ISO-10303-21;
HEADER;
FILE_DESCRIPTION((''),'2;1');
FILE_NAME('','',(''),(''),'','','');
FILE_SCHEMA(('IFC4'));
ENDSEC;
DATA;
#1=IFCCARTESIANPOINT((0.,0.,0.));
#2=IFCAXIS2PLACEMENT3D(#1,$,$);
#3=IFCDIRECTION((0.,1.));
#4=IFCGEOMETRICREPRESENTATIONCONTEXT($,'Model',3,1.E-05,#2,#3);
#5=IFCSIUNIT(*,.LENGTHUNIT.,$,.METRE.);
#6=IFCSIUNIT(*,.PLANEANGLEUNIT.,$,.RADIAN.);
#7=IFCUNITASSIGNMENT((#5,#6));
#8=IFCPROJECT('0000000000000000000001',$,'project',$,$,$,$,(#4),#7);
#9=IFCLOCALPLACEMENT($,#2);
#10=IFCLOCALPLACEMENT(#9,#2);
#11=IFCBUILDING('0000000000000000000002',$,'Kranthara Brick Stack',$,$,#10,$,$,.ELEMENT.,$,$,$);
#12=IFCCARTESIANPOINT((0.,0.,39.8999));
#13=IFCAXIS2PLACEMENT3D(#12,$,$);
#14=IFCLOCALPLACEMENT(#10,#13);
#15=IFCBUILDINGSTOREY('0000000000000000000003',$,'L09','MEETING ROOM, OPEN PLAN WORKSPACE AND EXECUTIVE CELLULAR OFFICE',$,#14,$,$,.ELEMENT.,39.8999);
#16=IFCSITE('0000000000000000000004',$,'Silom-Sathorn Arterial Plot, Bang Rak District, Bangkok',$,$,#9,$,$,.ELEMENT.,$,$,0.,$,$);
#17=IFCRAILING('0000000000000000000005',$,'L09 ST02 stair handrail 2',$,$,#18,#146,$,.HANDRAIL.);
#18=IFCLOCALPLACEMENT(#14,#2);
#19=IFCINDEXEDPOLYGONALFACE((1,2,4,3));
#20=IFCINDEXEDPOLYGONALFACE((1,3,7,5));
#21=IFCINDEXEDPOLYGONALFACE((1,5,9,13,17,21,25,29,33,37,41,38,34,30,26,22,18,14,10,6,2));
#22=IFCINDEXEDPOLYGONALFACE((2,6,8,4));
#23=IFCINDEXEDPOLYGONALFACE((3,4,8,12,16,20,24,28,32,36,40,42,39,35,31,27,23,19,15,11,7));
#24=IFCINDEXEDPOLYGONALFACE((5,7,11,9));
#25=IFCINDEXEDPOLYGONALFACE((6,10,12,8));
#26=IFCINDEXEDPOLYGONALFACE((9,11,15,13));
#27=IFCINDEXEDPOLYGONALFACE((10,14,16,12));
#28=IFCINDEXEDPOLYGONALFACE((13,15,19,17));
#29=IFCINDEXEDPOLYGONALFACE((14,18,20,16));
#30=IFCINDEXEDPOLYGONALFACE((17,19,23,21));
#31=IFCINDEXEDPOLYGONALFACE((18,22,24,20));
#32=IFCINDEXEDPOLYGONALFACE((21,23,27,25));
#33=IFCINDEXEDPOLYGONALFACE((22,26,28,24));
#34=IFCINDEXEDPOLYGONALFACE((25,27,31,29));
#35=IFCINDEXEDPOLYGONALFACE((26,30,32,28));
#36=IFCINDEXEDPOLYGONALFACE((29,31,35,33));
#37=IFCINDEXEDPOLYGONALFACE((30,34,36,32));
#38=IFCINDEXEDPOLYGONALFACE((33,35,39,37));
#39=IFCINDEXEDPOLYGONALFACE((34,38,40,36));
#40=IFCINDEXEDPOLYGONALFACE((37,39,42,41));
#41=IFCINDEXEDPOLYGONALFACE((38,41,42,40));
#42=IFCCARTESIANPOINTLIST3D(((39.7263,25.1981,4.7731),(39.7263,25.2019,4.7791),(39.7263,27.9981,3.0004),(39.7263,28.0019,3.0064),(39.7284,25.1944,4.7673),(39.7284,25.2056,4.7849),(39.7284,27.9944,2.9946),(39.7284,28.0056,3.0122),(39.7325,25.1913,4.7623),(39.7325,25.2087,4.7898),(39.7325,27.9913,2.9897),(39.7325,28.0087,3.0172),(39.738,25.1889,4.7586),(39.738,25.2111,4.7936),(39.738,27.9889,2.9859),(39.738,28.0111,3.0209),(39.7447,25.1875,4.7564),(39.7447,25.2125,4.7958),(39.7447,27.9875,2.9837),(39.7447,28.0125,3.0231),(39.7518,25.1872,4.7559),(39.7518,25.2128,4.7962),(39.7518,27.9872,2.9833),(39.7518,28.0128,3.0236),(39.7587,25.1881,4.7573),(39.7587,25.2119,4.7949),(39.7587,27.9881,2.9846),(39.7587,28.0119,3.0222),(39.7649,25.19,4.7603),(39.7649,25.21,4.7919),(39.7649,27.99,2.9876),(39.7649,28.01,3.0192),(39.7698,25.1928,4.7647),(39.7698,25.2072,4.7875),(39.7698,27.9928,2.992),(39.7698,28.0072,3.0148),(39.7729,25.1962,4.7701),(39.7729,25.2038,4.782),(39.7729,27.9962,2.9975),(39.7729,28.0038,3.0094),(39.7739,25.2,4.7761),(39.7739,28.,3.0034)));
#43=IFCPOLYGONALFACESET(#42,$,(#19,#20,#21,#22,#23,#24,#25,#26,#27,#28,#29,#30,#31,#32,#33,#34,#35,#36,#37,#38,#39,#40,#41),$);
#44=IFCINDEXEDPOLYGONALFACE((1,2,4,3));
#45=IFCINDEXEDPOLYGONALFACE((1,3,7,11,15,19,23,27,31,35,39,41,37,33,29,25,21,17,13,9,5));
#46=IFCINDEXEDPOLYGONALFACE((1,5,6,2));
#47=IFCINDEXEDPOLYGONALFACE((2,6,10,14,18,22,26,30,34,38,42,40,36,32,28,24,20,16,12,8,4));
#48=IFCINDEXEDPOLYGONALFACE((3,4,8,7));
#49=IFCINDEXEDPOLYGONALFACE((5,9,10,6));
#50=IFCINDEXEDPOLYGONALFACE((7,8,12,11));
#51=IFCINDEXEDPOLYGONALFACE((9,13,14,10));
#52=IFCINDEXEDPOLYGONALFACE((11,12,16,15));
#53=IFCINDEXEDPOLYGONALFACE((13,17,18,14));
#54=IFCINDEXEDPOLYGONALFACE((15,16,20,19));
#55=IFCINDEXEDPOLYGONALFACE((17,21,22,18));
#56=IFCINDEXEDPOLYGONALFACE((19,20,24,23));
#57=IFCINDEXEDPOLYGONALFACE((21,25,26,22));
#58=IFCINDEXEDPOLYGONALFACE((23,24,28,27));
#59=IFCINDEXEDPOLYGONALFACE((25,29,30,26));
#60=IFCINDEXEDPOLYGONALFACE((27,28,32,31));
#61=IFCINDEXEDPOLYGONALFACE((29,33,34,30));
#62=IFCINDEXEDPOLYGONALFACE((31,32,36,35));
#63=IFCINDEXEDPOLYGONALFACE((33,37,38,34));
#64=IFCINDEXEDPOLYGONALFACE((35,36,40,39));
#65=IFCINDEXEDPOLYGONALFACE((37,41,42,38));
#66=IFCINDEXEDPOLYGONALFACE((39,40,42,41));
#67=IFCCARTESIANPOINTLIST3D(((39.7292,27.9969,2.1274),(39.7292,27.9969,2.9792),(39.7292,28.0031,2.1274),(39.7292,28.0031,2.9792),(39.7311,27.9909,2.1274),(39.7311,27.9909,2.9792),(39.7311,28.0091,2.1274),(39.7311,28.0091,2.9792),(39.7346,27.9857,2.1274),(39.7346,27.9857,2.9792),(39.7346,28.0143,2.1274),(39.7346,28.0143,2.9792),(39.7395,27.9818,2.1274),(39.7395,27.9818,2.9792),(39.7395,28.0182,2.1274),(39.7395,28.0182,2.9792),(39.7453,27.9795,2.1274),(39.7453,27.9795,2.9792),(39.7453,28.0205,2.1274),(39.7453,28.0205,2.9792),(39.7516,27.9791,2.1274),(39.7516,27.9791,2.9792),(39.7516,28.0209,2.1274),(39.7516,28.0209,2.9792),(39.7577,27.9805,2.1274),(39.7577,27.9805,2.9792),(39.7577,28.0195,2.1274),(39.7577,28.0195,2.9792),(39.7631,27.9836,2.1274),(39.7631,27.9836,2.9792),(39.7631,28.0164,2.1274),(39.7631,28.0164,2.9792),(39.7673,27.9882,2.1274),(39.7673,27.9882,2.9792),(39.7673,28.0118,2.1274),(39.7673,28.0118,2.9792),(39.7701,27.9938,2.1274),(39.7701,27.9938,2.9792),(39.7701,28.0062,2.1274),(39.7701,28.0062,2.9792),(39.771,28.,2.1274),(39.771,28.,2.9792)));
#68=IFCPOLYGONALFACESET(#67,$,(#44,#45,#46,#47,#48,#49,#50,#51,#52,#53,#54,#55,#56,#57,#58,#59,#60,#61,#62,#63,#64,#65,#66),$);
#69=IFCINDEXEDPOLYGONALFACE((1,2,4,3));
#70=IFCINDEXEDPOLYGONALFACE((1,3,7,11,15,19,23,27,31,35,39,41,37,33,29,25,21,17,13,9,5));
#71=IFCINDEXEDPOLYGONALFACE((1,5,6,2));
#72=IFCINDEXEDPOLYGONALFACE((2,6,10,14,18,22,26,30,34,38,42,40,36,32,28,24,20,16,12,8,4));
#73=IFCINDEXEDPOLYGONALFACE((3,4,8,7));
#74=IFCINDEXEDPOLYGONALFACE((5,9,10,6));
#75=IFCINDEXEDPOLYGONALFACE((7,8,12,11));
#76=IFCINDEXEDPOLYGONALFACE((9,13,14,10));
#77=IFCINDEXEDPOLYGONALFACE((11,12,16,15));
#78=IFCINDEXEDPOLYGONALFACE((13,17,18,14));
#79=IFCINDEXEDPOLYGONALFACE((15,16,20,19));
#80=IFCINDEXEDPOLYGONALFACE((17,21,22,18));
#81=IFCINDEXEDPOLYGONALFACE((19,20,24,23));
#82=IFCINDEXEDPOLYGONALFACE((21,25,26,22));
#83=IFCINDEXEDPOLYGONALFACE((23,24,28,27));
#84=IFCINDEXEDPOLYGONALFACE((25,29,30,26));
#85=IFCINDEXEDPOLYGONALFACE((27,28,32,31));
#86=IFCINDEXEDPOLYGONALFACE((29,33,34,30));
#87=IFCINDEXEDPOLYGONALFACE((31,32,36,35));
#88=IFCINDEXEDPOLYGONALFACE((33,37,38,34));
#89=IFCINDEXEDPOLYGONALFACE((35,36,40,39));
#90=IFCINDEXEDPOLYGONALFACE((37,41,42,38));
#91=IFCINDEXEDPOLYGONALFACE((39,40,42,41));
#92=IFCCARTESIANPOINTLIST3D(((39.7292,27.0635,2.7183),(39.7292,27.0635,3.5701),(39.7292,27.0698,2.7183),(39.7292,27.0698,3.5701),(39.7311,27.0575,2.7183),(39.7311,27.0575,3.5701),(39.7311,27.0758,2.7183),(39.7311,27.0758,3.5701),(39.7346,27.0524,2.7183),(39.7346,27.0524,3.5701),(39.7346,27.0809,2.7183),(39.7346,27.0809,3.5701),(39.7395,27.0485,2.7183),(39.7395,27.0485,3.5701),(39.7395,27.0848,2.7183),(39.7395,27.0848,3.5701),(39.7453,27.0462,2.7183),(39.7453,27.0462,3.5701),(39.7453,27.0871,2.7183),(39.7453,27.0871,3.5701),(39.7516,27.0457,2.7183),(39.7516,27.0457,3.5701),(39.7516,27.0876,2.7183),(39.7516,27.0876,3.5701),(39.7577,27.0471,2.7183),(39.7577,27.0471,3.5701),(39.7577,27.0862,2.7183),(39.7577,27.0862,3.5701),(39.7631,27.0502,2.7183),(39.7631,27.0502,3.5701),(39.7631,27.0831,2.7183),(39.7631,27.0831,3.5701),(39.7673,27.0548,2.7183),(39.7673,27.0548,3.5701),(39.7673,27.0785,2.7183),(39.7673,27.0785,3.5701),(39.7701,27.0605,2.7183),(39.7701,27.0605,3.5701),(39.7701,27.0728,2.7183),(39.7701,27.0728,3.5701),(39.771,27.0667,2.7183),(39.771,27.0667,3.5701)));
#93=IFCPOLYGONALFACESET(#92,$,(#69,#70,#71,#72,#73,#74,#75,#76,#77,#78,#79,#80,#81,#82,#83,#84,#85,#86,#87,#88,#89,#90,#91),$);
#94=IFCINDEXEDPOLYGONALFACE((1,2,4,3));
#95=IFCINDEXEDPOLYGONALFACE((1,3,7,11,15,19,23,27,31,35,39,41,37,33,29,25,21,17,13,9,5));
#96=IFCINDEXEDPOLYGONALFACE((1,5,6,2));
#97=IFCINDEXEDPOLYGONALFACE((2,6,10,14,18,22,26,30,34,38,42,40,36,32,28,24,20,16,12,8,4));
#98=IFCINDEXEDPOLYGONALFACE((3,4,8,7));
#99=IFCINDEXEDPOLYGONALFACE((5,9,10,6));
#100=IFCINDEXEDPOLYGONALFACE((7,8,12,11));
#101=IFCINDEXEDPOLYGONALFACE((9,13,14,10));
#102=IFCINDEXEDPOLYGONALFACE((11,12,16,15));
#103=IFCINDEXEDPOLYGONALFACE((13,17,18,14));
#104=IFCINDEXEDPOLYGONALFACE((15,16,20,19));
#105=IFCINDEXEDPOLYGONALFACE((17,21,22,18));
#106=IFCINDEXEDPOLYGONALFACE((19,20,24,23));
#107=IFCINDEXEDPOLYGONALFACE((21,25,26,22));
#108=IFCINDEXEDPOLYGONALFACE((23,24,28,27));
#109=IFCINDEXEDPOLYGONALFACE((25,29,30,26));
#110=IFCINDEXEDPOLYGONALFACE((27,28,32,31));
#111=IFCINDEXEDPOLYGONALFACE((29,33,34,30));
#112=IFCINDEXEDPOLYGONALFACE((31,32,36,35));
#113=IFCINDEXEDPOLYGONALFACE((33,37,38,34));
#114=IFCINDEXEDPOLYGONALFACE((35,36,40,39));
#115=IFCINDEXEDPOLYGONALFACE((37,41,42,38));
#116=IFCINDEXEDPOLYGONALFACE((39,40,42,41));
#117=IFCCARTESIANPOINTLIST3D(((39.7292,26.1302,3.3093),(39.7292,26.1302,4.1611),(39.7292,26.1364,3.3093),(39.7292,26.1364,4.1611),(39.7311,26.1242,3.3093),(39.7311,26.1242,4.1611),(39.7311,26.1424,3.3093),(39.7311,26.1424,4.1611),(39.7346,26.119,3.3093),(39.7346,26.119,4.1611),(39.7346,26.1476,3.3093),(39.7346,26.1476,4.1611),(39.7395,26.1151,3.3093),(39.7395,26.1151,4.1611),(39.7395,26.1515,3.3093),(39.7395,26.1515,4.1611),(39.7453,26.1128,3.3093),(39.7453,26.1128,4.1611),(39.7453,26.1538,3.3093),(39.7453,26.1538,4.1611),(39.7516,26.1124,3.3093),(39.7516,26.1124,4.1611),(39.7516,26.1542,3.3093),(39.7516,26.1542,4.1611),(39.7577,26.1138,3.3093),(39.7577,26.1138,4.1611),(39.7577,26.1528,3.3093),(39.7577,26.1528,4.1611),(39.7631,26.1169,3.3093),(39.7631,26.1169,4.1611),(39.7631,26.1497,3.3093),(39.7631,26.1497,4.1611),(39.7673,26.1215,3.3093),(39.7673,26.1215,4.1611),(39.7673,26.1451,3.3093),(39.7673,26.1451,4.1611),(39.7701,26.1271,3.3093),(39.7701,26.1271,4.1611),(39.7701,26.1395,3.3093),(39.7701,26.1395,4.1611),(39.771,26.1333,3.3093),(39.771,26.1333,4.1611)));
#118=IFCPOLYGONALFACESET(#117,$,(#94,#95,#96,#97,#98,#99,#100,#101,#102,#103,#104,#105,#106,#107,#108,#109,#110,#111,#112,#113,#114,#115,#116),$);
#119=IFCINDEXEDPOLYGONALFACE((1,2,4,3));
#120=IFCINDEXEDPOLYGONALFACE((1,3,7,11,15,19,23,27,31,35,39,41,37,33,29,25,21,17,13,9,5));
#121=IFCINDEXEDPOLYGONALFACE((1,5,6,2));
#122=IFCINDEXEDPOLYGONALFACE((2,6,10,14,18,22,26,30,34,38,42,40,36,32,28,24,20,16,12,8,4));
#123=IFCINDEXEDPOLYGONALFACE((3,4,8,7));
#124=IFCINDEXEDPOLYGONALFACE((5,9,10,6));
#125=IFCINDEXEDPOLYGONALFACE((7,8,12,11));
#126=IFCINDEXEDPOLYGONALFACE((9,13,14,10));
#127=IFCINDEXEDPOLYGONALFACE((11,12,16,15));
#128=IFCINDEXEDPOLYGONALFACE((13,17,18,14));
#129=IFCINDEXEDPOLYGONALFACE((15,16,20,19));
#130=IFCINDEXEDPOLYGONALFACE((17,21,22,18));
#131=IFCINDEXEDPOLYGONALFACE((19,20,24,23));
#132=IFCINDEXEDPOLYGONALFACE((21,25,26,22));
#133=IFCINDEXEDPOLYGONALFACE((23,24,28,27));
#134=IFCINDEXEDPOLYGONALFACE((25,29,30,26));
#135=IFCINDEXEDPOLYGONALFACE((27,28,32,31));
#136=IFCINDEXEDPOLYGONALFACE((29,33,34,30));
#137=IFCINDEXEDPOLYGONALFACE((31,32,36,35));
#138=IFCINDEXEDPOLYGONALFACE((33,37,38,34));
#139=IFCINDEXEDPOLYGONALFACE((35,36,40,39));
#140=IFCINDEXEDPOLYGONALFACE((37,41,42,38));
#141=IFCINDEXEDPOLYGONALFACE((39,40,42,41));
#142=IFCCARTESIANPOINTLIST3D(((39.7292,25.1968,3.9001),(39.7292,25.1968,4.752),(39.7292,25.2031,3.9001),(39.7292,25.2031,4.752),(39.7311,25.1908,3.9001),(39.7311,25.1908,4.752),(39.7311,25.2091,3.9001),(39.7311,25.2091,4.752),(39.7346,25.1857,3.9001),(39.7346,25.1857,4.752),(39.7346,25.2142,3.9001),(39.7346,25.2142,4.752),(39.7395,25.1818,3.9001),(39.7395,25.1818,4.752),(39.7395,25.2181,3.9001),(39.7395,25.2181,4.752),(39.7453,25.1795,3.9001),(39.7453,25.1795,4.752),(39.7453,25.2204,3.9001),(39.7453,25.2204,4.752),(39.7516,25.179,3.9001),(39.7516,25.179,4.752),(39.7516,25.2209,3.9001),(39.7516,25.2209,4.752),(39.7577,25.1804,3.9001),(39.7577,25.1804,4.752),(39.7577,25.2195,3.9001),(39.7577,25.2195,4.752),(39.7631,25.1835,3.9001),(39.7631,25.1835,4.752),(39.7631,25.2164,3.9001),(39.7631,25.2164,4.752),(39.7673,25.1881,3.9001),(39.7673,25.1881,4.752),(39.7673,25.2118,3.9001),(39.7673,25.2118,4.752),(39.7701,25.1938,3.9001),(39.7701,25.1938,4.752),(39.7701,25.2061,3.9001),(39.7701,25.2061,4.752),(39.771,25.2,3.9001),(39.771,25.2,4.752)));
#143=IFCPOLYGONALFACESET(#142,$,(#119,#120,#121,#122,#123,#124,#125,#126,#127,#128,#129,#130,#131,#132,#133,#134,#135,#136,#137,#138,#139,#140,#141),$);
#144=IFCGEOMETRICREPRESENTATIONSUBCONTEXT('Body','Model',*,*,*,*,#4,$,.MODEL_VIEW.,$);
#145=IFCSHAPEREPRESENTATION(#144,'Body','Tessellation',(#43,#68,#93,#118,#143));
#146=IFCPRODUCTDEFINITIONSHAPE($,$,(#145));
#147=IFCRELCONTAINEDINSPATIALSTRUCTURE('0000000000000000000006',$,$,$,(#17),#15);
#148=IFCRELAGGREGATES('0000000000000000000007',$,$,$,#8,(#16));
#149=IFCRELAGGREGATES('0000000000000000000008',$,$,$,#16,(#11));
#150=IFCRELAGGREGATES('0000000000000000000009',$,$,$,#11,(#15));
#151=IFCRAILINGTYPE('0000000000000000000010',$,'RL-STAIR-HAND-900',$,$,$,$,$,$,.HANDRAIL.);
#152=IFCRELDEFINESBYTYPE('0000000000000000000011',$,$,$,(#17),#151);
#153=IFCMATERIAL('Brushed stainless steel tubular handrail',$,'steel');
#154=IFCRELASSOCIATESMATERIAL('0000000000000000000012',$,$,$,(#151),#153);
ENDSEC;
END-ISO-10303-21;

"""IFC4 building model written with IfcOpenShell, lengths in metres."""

from ifc_helpers import new_model, si_unit, direction, frame, origin, origin_2d, place, context, subcontext, project, spatial, circle, extrude, material, type_object, element, save


model = new_model("IFC4")

# Units and contexts
model_context = context("Model", 3, precision=1e-05, world=origin(), true_north=direction((0.0, 1.0)))
body_context = subcontext(model_context, "Body", "Model", "MODEL_VIEW")
ifc_project = project(units=[si_unit("LENGTHUNIT", "METRE"), si_unit("PLANEANGLEUNIT", "RADIAN")], contexts=[model_context])

# Site, building, storey
site_placement = place(None, origin())
site = spatial("IfcSite", under=ifc_project, at=site_placement, Name="Silom-Sathorn Arterial Plot, Bang Rak District, Bangkok", CompositionType="ELEMENT", RefElevation=0.0)
building_placement = place(site_placement, origin())
building = spatial("IfcBuilding", under=site, at=building_placement, Name="Kranthara Brick Stack", CompositionType="ELEMENT")
storey_placement = place(building_placement, frame((0.0, 0.0, 39.8999)))
storey = spatial("IfcBuildingStorey", under=building, at=storey_placement, Name="L09", Description="MEETING ROOM, OPEN PLAN WORKSPACE AND EXECUTIVE CELLULAR OFFICE", CompositionType="ELEMENT", Elevation=39.8999)

# Railing
ifc_material_1 = material(Name="Brushed stainless steel tubular handrail", Category="steel")
railing_type_1 = type_object("IfcRailingType", Name="RL-STAIR-HAND-900", PredefinedType="HANDRAIL", material=ifc_material_1)
railing_1_placement = place(storey_placement, frame((39.75, 28.0, 2.1274)))
element("IfcRailing", 1, at=railing_1_placement, inside=storey, type_object=railing_type_1, Name="L09 ST02 stair handrail 2", PredefinedType="HANDRAIL", context=body_context, shape_type="SweptSolid", body=[
    extrude(circle(Radius=0.0239, at=origin_2d()), frame((0.0, 0.0, 0.876), z_axis=(0.0, -0.844909, 0.53491), x_axis=(1.0, 0.0, 0.0)), (0.0, 0.0, 1.0), 3.314),
    extrude(circle(Radius=0.021, at=origin_2d()), origin(), (0.0, 0.0, 1.0), 0.8518),
    extrude(circle(Radius=0.021, at=origin_2d()), frame((0.0, -0.9333, 0.5908)), (0.0, 0.0, 1.0), 0.8518),
    extrude(circle(Radius=0.021, at=origin_2d()), frame((0.0, -1.8667, 1.1819)), (0.0, 0.0, 1.0), 0.8518),
    extrude(circle(Radius=0.021, at=origin_2d()), frame((0.0, -2.8, 1.7727)), (0.0, 0.0, 1.0), 0.8518),
])

save(model, "model.ifc")
